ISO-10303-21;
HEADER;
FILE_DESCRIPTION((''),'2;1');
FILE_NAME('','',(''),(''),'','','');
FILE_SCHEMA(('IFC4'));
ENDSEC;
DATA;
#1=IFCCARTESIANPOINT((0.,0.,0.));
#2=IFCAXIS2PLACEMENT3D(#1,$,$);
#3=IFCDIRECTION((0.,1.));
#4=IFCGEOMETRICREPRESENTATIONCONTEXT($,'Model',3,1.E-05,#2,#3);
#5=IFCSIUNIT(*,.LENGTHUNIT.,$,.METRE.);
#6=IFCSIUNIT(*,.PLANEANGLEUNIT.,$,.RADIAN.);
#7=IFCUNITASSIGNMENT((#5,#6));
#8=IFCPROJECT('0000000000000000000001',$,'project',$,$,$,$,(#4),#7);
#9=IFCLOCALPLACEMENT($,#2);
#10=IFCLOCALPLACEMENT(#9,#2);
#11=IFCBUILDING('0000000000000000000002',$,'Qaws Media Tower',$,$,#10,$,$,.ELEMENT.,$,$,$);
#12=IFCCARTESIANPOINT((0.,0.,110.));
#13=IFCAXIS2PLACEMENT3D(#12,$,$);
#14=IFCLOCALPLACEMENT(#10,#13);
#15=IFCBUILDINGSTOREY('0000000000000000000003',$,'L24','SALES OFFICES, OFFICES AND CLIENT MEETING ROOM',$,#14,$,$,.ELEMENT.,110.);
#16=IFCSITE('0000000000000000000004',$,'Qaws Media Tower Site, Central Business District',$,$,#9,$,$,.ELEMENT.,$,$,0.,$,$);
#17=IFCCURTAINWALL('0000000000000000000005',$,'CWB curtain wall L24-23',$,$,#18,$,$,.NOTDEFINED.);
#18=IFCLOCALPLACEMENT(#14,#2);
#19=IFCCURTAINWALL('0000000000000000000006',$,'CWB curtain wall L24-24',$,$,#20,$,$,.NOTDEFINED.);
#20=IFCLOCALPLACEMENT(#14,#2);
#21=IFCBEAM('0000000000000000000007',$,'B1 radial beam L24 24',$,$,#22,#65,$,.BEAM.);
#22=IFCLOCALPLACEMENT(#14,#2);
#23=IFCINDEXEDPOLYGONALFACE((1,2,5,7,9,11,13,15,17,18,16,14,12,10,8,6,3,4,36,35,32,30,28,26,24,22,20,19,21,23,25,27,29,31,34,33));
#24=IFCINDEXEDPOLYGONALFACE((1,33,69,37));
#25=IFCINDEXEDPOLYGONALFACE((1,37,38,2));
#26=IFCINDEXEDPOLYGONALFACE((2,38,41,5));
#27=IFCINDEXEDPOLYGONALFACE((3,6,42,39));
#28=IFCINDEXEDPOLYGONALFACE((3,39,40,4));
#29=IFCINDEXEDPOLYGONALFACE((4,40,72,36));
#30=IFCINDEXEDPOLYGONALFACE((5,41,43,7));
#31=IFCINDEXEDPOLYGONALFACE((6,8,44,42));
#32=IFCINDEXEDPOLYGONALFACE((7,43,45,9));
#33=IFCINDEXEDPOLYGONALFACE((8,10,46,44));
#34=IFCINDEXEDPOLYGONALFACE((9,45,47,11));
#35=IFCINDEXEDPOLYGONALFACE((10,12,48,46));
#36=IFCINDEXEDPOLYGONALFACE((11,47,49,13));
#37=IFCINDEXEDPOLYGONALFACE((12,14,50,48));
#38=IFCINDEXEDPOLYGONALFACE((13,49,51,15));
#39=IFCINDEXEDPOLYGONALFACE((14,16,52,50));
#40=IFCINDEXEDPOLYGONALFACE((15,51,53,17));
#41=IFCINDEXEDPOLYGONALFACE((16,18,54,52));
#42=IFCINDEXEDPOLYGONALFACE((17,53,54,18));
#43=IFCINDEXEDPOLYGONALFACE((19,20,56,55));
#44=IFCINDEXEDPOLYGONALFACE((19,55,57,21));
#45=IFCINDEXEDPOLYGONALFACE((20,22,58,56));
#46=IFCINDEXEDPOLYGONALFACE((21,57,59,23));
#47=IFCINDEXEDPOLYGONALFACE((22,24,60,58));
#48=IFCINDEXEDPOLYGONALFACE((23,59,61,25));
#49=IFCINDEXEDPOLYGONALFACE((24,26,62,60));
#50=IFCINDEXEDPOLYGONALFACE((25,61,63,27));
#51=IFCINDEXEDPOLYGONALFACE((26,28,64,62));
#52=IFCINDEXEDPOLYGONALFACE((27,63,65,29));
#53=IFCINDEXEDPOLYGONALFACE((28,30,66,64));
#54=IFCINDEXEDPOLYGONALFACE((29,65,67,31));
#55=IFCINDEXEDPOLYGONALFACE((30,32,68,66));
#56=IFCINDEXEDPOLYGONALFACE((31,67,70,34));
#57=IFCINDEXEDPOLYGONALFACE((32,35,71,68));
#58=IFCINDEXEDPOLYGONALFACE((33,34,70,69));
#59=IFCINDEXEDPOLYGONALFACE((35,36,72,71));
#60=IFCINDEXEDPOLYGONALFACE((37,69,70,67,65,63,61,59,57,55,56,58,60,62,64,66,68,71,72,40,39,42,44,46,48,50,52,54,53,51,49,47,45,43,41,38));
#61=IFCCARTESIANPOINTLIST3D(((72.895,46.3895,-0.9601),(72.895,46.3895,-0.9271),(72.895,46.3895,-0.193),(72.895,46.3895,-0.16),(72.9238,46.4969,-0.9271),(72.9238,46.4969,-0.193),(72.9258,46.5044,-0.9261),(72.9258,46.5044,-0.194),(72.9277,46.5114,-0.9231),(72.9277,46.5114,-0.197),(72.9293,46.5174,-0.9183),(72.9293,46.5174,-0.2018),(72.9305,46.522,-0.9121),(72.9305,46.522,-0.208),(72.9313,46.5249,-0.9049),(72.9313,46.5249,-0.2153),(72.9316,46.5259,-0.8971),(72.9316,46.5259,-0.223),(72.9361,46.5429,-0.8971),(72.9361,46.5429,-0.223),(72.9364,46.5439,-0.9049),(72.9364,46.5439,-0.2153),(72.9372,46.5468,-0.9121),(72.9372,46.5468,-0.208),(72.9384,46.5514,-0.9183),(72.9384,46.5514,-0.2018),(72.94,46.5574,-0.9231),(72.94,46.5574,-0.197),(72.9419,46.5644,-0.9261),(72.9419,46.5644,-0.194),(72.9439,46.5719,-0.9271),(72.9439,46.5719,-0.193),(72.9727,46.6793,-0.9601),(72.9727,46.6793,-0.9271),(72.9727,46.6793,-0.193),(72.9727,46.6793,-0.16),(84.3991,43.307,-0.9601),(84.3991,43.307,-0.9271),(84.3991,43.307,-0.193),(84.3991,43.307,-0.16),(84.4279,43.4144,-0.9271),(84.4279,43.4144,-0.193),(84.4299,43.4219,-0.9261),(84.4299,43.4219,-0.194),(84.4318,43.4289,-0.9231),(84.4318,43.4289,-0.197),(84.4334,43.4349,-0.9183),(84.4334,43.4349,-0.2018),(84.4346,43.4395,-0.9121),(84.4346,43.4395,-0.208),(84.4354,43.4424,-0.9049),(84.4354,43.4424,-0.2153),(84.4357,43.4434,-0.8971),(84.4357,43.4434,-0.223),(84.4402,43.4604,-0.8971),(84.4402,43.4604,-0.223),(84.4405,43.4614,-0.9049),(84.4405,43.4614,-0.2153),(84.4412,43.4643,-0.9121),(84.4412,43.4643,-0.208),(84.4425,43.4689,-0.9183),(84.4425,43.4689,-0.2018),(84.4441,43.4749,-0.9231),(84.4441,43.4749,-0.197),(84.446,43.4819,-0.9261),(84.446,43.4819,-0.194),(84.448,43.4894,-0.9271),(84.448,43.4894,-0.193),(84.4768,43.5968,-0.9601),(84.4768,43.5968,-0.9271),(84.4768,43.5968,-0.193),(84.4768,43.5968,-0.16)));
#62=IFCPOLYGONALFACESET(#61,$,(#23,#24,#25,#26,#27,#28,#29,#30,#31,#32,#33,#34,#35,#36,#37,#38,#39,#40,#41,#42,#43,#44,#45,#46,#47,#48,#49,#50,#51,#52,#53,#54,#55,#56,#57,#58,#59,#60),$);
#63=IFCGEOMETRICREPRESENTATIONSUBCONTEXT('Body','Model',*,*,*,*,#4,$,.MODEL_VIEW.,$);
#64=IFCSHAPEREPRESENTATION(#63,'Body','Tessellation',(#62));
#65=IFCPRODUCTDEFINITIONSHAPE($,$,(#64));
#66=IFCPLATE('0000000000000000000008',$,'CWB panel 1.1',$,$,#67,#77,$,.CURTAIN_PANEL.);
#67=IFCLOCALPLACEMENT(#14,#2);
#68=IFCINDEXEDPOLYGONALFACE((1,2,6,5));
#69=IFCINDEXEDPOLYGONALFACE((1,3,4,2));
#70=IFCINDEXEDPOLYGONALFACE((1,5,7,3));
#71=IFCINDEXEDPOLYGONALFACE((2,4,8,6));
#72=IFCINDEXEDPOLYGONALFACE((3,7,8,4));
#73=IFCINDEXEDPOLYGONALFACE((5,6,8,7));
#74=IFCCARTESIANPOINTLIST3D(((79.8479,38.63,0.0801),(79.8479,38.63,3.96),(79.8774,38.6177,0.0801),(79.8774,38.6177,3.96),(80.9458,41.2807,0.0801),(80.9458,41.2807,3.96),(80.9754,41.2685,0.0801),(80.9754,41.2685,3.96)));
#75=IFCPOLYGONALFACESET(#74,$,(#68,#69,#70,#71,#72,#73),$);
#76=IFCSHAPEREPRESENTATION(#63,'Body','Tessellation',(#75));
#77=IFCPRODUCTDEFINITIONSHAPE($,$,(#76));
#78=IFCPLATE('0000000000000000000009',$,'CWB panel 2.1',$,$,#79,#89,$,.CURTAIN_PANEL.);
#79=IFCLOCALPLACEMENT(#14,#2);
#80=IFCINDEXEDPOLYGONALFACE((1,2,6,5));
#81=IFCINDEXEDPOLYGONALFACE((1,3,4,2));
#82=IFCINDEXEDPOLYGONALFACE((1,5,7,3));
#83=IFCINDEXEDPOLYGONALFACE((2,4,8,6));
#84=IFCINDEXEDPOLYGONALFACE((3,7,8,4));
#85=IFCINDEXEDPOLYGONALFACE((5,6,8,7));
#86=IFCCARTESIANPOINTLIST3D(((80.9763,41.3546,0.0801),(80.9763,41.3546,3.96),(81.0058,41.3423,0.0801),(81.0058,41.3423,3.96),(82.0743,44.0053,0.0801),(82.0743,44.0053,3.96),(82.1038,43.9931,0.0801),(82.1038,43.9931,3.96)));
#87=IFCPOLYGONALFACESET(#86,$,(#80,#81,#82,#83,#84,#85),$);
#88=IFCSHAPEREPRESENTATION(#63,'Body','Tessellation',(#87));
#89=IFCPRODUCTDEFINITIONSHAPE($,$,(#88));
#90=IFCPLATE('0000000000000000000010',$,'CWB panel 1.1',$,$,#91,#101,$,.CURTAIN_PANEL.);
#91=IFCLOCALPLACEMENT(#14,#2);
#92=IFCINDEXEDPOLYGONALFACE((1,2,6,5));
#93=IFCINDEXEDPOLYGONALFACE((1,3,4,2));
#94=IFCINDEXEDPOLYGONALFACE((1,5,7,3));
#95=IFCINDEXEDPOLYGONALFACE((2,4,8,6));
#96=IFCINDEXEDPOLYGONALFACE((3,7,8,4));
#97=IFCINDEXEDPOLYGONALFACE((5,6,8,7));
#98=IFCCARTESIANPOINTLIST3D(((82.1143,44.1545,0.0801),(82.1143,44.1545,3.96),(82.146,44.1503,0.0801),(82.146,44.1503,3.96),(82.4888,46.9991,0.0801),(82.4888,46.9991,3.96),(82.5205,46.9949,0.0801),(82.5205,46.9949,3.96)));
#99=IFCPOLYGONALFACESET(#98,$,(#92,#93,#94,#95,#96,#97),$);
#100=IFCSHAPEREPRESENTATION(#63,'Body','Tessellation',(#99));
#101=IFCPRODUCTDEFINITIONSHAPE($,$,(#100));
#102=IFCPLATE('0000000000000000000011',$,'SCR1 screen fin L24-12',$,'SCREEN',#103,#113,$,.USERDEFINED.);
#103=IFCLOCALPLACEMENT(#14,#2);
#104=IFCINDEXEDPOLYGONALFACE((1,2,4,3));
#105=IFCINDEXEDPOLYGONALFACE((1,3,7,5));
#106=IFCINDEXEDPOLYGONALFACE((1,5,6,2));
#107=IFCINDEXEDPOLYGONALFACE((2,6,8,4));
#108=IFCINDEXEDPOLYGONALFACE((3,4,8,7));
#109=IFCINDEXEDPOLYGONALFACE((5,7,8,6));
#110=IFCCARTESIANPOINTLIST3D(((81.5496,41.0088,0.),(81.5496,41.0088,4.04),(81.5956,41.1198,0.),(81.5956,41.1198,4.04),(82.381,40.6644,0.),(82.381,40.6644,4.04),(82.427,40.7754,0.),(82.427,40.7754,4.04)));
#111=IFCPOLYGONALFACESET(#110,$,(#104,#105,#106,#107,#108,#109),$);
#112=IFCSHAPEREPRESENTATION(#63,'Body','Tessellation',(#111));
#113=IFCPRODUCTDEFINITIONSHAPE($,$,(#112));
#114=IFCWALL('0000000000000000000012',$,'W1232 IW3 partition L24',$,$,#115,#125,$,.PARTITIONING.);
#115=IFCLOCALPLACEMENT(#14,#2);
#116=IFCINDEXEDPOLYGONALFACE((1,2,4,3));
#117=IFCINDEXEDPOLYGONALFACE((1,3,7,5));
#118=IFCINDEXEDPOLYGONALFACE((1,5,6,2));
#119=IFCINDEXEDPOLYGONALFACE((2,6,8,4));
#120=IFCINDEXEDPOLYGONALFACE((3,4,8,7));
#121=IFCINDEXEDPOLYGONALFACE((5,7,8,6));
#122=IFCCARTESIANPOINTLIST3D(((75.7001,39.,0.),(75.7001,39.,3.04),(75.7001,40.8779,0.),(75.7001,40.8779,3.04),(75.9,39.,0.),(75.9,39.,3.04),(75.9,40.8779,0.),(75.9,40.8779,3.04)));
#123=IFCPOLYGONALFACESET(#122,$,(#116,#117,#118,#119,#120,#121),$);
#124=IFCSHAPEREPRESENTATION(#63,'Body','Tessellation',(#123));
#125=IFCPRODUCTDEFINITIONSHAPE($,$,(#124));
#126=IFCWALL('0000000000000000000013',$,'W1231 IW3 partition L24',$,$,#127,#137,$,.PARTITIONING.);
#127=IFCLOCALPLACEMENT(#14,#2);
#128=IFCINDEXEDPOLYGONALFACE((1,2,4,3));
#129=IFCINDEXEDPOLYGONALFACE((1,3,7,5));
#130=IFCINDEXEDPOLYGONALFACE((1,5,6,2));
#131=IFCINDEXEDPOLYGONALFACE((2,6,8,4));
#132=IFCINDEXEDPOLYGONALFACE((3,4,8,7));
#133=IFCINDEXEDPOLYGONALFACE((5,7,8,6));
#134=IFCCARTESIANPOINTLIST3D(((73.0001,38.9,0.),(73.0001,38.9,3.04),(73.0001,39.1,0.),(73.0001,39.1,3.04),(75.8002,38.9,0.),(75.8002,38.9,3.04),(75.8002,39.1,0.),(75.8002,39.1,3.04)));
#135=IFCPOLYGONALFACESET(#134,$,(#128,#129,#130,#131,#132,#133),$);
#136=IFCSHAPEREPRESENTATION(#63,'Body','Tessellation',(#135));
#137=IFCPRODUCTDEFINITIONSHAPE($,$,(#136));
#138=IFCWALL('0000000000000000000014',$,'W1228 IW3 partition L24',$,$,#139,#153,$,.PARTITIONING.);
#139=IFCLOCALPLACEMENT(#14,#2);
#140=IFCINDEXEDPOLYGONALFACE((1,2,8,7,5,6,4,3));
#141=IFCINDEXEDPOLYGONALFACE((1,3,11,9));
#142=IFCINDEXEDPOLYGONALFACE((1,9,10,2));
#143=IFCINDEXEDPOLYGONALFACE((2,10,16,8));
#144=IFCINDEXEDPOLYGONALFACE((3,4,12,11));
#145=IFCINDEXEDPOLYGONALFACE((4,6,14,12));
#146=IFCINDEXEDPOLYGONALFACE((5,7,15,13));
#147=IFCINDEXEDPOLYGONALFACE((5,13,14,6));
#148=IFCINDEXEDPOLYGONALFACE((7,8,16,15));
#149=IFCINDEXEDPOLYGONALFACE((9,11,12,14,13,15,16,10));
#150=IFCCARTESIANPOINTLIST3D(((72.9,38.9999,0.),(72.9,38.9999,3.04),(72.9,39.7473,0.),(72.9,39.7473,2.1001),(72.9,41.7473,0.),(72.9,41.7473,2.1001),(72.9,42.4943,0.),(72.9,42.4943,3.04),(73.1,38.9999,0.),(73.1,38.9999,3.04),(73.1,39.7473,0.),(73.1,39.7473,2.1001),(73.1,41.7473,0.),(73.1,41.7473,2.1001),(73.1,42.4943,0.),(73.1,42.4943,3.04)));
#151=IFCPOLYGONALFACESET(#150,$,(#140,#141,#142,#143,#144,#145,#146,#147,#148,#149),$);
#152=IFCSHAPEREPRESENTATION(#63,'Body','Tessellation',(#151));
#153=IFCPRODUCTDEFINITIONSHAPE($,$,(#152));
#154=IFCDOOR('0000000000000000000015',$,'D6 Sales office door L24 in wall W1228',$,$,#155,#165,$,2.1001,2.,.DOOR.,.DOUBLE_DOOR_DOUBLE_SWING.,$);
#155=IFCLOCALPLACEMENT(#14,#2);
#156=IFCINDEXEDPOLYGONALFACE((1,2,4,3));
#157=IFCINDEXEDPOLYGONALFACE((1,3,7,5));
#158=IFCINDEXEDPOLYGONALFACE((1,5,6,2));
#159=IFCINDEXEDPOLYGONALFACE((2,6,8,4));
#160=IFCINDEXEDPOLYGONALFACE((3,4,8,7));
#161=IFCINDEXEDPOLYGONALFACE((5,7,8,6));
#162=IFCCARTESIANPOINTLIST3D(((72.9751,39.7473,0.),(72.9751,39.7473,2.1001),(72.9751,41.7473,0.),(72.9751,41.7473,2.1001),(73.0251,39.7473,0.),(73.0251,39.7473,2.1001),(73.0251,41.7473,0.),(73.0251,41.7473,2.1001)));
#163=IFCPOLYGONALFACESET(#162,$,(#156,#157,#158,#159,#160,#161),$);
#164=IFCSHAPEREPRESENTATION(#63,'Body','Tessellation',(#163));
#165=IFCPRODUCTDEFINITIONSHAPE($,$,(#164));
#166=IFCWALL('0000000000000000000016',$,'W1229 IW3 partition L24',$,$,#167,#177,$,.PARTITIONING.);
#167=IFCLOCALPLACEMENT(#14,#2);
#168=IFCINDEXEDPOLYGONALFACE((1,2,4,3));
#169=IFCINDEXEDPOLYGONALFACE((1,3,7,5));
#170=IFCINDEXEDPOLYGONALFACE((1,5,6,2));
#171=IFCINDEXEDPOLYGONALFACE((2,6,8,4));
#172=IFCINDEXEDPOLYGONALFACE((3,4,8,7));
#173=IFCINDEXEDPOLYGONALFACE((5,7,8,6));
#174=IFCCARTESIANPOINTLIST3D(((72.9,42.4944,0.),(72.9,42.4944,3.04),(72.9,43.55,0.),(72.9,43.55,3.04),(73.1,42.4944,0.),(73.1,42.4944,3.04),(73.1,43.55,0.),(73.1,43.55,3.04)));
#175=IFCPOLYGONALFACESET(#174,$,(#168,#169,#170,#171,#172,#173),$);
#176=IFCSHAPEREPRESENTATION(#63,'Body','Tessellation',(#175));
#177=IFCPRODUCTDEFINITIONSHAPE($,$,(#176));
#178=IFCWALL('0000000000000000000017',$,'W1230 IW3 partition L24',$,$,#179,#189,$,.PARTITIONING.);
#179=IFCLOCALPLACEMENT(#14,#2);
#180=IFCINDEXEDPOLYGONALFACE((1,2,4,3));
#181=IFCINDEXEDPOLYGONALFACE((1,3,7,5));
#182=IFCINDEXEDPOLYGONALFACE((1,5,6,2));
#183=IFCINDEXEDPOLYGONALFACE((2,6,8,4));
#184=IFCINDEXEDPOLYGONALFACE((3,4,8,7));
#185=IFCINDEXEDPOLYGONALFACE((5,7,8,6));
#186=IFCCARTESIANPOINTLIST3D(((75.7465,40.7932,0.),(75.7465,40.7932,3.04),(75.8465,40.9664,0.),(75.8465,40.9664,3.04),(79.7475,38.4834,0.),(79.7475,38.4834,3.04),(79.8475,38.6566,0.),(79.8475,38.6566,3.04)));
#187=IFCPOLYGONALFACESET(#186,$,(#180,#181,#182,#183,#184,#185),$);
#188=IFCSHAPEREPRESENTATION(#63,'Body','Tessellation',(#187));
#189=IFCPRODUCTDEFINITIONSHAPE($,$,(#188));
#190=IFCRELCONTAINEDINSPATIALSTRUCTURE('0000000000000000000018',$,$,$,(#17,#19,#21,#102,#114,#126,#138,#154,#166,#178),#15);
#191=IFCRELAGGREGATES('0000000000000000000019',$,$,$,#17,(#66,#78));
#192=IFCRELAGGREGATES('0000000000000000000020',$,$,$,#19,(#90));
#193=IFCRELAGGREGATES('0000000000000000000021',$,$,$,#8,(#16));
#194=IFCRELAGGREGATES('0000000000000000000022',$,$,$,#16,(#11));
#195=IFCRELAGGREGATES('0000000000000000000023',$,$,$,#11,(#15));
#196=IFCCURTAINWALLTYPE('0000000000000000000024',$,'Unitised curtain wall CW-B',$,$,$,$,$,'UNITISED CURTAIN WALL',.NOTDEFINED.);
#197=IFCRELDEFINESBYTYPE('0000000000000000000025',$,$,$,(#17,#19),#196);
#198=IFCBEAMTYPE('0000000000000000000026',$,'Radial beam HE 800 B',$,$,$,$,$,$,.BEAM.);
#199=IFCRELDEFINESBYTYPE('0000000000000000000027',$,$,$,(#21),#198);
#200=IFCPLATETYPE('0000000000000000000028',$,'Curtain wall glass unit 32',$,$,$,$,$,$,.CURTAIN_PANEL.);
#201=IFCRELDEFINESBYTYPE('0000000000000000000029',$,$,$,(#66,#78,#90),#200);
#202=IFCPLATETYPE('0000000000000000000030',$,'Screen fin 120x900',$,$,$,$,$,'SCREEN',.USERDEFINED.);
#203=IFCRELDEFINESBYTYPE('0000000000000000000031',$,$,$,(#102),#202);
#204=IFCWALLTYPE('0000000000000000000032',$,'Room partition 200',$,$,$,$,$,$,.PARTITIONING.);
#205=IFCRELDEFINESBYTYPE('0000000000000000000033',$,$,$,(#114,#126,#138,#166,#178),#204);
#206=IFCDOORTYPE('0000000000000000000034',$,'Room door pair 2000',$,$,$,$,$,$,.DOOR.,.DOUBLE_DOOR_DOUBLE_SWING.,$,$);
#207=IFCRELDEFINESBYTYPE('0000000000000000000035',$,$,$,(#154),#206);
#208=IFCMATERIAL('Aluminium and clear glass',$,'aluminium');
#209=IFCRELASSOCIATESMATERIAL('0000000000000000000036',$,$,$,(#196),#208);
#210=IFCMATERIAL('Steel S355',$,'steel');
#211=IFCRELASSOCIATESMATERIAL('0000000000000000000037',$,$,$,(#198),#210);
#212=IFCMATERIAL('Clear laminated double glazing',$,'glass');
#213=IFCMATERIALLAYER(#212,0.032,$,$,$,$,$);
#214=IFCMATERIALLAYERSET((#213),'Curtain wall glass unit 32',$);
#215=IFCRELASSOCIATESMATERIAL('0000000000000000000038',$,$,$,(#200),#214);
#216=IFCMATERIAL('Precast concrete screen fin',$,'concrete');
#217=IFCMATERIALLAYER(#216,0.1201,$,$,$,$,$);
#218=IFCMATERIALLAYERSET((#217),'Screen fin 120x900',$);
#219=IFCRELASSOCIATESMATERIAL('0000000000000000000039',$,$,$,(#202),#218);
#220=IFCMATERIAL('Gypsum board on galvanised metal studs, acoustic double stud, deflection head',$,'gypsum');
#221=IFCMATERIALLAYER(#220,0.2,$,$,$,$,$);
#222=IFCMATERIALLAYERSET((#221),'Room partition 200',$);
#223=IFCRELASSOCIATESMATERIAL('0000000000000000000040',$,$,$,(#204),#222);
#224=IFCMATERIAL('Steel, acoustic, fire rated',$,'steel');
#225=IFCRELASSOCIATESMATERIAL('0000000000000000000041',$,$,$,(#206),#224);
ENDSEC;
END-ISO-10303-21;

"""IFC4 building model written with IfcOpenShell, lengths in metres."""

from ifc_helpers import new_model, si_unit, direction, frame, frame_2d, origin, origin_2d, place, context, subcontext, project, spatial, rectangle, i_section, extrude, material, layer, layer_set, material_profile, profile_set, type_object, element, fill, aggregate, save


model = new_model("IFC4")

# Units and contexts
model_context = context("Model", 3, precision=1e-05, world=origin(), true_north=direction((0.0, 1.0)))
body_context = subcontext(model_context, "Body", "Model", "MODEL_VIEW")
ifc_project = project(units=[si_unit("LENGTHUNIT", "METRE"), si_unit("PLANEANGLEUNIT", "RADIAN")], contexts=[model_context])

# Site, building, storey
site_placement = place(None, origin())
site = spatial("IfcSite", under=ifc_project, at=site_placement, Name="Qaws Media Tower Site, Central Business District", CompositionType="ELEMENT", RefElevation=0.0)
building_placement = place(site_placement, origin())
building = spatial("IfcBuilding", under=site, at=building_placement, Name="Qaws Media Tower", CompositionType="ELEMENT")
storey_placement = place(building_placement, frame((0.0, 0.0, 110.0)))
storey = spatial("IfcBuildingStorey", under=building, at=storey_placement, Name="L24", Description="SALES OFFICES, OFFICES AND CLIENT MEETING ROOM", CompositionType="ELEMENT", Elevation=110.0)

# Curtain walls
ifc_material_1 = material(Name="Aluminium and clear glass", Category="aluminium")
curtain_wall_type = type_object("IfcCurtainWallType", Name="Unitised curtain wall CW-B", ElementType="UNITISED CURTAIN WALL", PredefinedType="NOTDEFINED", material=ifc_material_1)
curtain_wall_1_placement = place(storey_placement, origin())
curtain_wall_1 = element("IfcCurtainWall", 1, at=curtain_wall_1_placement, inside=storey, type_object=curtain_wall_type, Name="CWB curtain wall L24-23", PredefinedType="NOTDEFINED")
curtain_wall_2_placement = place(storey_placement, origin())
curtain_wall_2 = element("IfcCurtainWall", 2, at=curtain_wall_2_placement, inside=storey, type_object=curtain_wall_type, Name="CWB curtain wall L24-24", PredefinedType="NOTDEFINED")

# Beam
ifc_material_2 = material(Name="Steel S355", Category="steel")
ifc_material_profile_1 = material_profile(ifc_material_2, i_section(OverallWidth=0.3, OverallDepth=0.8, WebThickness=0.0176, FlangeThickness=0.033, FilletRadius=0.03, at=origin_2d()), Name="HE 800 B")
ifc_profile_set_1 = profile_set([ifc_material_profile_1], Name="Steel S355")
beam_type_1 = type_object("IfcBeamType", Name="Radial beam HE 800 B", PredefinedType="BEAM", material=ifc_profile_set_1)
beam_1_placement = place(storey_placement, frame((72.9338, 46.5344, -0.5601), z_axis=(0.965926, -0.258818, 0.0), x_axis=(0.258818, 0.965926, 0.0)))
element("IfcBeam", 3, at=beam_1_placement, inside=storey, type_object=beam_type_1, Name="B1 radial beam L24 24", PredefinedType="BEAM", context=body_context, shape_type="SweptSolid", body=[
    extrude(i_section(OverallWidth=0.3, OverallDepth=0.8, WebThickness=0.0176, FlangeThickness=0.033, FilletRadius=0.03, at=origin_2d()), origin(), (0.0, 0.0, 1.0), 11.9099),
])

# Plates
ifc_material_3 = material(Name="Clear laminated double glazing", Category="glass")
ifc_layer_1 = layer(ifc_material_3, 0.032)
ifc_layer_set_1 = layer_set([ifc_layer_1], Name="Curtain wall glass unit 32")
plate_type_1 = type_object("IfcPlateType", Name="Curtain wall glass unit 32", PredefinedType="CURTAIN_PANEL", material=ifc_layer_set_1)
plate_1_placement = place(storey_placement, frame((80.4116, 39.9492, 0.0801), z_axis=(0.0, 0.0, 1.0), x_axis=(0.382683, 0.92388, 0.0)))
plate_1 = element("IfcPlate", 4, at=plate_1_placement, type_object=plate_type_1, Name="CWB panel 1.1", PredefinedType="CURTAIN_PANEL", context=body_context, shape_type="SweptSolid", body=[
    extrude(rectangle(XDim=2.8691, YDim=0.032, at=origin_2d()), origin(), (0.0, 0.0, 1.0), 3.8799),
])
plate_2_placement = place(storey_placement, frame((81.54, 42.6738, 0.0801), z_axis=(0.0, 0.0, 1.0), x_axis=(0.382683, 0.92388, 0.0)))
plate_2 = element("IfcPlate", 5, at=plate_2_placement, type_object=plate_type_1, Name="CWB panel 2.1", PredefinedType="CURTAIN_PANEL", context=body_context, shape_type="SweptSolid", body=[
    extrude(rectangle(XDim=2.8691, YDim=0.032, at=origin_2d()), origin(), (0.0, 0.0, 1.0), 3.8799),
])
aggregate(curtain_wall_1, [plate_1, plate_2])
plate_3_placement = place(storey_placement, frame((82.3174, 45.5747, 0.0801), z_axis=(0.0, 0.0, 1.0), x_axis=(0.130526, 0.991445, 0.0)))
plate_3 = element("IfcPlate", 6, at=plate_3_placement, type_object=plate_type_1, Name="CWB panel 1.1", PredefinedType="CURTAIN_PANEL", context=body_context, shape_type="SweptSolid", body=[
    extrude(rectangle(XDim=2.8691, YDim=0.032, at=origin_2d()), origin(), (0.0, 0.0, 1.0), 3.8799),
])
aggregate(curtain_wall_2, [plate_3])
ifc_material_4 = material(Name="Precast concrete screen fin", Category="concrete")
ifc_layer_2 = layer(ifc_material_4, 0.1201)
ifc_layer_set_2 = layer_set([ifc_layer_2], Name="Screen fin 120x900")
plate_type_2 = type_object("IfcPlateType", Name="Screen fin 120x900", ElementType="SCREEN", PredefinedType="USERDEFINED", material=ifc_layer_set_2)
plate_4_placement = place(storey_placement, frame((81.9883, 40.8921, 0.0), z_axis=(0.0, 0.0, 1.0), x_axis=(0.92388, -0.382683, 0.0)))
element("IfcPlate", 7, at=plate_4_placement, inside=storey, type_object=plate_type_2, Name="SCR1 screen fin L24-12", ObjectType="SCREEN", PredefinedType="USERDEFINED", context=body_context, shape_type="SweptSolid", body=[
    extrude(rectangle(XDim=0.8999, YDim=0.1201, at=origin_2d()), origin(), (0.0, 0.0, 1.0), 4.04),
])

# Walls
ifc_material_5 = material(Name="Gypsum board on galvanised metal studs, acoustic double stud, deflection head", Category="gypsum")
ifc_layer_3 = layer(ifc_material_5, 0.2)
ifc_layer_set_3 = layer_set([ifc_layer_3], Name="Room partition 200")
wall_type = type_object("IfcWallType", Name="Room partition 200", PredefinedType="PARTITIONING", material=ifc_layer_set_3)
wall_1_placement = place(storey_placement, frame((75.8, 40.8779, 0.0), z_axis=(0.0, 0.0, 1.0), x_axis=(0.0, -1.0, 0.0)))
element("IfcWall", 8, at=wall_1_placement, inside=storey, type_object=wall_type, Name="W1232 IW3 partition L24", PredefinedType="PARTITIONING", context=body_context, shape_type="SweptSolid", body=[
    extrude(rectangle(XDim=1.8779, YDim=0.2, at=frame_2d((0.939, 0.0))), origin(), (0.0, 0.0, 1.0), 3.04),
])
wall_2_placement = place(storey_placement, frame((75.8, 39.0, 0.0), z_axis=(0.0, 0.0, 1.0), x_axis=(-1.0, 0.0, 0.0)))
element("IfcWall", 9, at=wall_2_placement, inside=storey, type_object=wall_type, Name="W1231 IW3 partition L24", PredefinedType="PARTITIONING", context=body_context, shape_type="SweptSolid", body=[
    extrude(rectangle(XDim=2.8, YDim=0.2, at=frame_2d((1.3999, 0.0))), origin(), (0.0, 0.0, 1.0), 3.04),
])

# Wall, opening, door
wall_3_placement = place(storey_placement, frame((73.0, 39.0, 0.0), z_axis=(0.0, 0.0, 1.0), x_axis=(0.0, 1.0, 0.0)))
wall_3 = element("IfcWall", 10, at=wall_3_placement, inside=storey, type_object=wall_type, Name="W1228 IW3 partition L24", PredefinedType="PARTITIONING", context=body_context, shape_type="SweptSolid", body=[
    extrude(rectangle(XDim=3.4944, YDim=0.2, at=frame_2d((1.7471, 0.0))), origin(), (0.0, 0.0, 1.0), 3.04),
])
opening_placement = place(wall_3_placement, frame((0.7473, 0.0, 0.0)))
opening = element("IfcOpeningElement", 11, at=opening_placement, cuts=wall_3, PredefinedType="OPENING", context=body_context, shape_type="SweptSolid", body=[
    extrude(rectangle(XDim=2.0, YDim=2.1001, at=frame_2d((1.0, 1.05))), frame((0.0, 0.1099, 0.0), z_axis=(0.0, -1.0, 0.0), x_axis=(1.0, 0.0, 0.0)), (0.0, 0.0, 1.0), 0.22),
])
ifc_material_6 = material(Name="Steel, acoustic, fire rated", Category="steel")
door_type = type_object("IfcDoorType", Name="Room door pair 2000", OperationType="DOUBLE_DOOR_DOUBLE_SWING", PredefinedType="DOOR", material=ifc_material_6)
door_placement = place(opening_placement, origin())
door = element("IfcDoor", 12, at=door_placement, inside=storey, type_object=door_type, Name="D6 Sales office door L24 in wall W1228", OperationType="DOUBLE_DOOR_DOUBLE_SWING", OverallHeight=2.1001, OverallWidth=2.0, PredefinedType="DOOR", context=body_context, shape_type="SweptSolid", body=[
    extrude(rectangle(XDim=2.0, YDim=2.1001, at=frame_2d((1.0, 1.05))), frame((0.0, 0.0249, 0.0), z_axis=(0.0, -1.0, 0.0), x_axis=(1.0, 0.0, 0.0)), (0.0, 0.0, 1.0), 0.05),
])
fill(opening, door)

# Walls
wall_4_placement = place(storey_placement, frame((73.0, 42.4944, 0.0), z_axis=(0.0, 0.0, 1.0), x_axis=(0.0, 1.0, 0.0)))
element("IfcWall", 13, at=wall_4_placement, inside=storey, type_object=wall_type, Name="W1229 IW3 partition L24", PredefinedType="PARTITIONING", context=body_context, shape_type="SweptSolid", body=[
    extrude(rectangle(XDim=1.0557, YDim=0.2, at=frame_2d((0.5278, 0.0))), origin(), (0.0, 0.0, 1.0), 3.04),
])
wall_5_placement = place(storey_placement, frame((75.7964, 40.8799, 0.0), z_axis=(0.0, 0.0, 1.0), x_axis=(0.86604, -0.499976, 0.0)))
element("IfcWall", 14, at=wall_5_placement, inside=storey, type_object=wall_type, Name="W1230 IW3 partition L24", PredefinedType="PARTITIONING", context=body_context, shape_type="SweptSolid", body=[
    extrude(rectangle(XDim=4.6199, YDim=0.2, at=frame_2d((2.3101, 0.0))), origin(), (0.0, 0.0, 1.0), 3.04),
])

save(model, "model.ifc")
